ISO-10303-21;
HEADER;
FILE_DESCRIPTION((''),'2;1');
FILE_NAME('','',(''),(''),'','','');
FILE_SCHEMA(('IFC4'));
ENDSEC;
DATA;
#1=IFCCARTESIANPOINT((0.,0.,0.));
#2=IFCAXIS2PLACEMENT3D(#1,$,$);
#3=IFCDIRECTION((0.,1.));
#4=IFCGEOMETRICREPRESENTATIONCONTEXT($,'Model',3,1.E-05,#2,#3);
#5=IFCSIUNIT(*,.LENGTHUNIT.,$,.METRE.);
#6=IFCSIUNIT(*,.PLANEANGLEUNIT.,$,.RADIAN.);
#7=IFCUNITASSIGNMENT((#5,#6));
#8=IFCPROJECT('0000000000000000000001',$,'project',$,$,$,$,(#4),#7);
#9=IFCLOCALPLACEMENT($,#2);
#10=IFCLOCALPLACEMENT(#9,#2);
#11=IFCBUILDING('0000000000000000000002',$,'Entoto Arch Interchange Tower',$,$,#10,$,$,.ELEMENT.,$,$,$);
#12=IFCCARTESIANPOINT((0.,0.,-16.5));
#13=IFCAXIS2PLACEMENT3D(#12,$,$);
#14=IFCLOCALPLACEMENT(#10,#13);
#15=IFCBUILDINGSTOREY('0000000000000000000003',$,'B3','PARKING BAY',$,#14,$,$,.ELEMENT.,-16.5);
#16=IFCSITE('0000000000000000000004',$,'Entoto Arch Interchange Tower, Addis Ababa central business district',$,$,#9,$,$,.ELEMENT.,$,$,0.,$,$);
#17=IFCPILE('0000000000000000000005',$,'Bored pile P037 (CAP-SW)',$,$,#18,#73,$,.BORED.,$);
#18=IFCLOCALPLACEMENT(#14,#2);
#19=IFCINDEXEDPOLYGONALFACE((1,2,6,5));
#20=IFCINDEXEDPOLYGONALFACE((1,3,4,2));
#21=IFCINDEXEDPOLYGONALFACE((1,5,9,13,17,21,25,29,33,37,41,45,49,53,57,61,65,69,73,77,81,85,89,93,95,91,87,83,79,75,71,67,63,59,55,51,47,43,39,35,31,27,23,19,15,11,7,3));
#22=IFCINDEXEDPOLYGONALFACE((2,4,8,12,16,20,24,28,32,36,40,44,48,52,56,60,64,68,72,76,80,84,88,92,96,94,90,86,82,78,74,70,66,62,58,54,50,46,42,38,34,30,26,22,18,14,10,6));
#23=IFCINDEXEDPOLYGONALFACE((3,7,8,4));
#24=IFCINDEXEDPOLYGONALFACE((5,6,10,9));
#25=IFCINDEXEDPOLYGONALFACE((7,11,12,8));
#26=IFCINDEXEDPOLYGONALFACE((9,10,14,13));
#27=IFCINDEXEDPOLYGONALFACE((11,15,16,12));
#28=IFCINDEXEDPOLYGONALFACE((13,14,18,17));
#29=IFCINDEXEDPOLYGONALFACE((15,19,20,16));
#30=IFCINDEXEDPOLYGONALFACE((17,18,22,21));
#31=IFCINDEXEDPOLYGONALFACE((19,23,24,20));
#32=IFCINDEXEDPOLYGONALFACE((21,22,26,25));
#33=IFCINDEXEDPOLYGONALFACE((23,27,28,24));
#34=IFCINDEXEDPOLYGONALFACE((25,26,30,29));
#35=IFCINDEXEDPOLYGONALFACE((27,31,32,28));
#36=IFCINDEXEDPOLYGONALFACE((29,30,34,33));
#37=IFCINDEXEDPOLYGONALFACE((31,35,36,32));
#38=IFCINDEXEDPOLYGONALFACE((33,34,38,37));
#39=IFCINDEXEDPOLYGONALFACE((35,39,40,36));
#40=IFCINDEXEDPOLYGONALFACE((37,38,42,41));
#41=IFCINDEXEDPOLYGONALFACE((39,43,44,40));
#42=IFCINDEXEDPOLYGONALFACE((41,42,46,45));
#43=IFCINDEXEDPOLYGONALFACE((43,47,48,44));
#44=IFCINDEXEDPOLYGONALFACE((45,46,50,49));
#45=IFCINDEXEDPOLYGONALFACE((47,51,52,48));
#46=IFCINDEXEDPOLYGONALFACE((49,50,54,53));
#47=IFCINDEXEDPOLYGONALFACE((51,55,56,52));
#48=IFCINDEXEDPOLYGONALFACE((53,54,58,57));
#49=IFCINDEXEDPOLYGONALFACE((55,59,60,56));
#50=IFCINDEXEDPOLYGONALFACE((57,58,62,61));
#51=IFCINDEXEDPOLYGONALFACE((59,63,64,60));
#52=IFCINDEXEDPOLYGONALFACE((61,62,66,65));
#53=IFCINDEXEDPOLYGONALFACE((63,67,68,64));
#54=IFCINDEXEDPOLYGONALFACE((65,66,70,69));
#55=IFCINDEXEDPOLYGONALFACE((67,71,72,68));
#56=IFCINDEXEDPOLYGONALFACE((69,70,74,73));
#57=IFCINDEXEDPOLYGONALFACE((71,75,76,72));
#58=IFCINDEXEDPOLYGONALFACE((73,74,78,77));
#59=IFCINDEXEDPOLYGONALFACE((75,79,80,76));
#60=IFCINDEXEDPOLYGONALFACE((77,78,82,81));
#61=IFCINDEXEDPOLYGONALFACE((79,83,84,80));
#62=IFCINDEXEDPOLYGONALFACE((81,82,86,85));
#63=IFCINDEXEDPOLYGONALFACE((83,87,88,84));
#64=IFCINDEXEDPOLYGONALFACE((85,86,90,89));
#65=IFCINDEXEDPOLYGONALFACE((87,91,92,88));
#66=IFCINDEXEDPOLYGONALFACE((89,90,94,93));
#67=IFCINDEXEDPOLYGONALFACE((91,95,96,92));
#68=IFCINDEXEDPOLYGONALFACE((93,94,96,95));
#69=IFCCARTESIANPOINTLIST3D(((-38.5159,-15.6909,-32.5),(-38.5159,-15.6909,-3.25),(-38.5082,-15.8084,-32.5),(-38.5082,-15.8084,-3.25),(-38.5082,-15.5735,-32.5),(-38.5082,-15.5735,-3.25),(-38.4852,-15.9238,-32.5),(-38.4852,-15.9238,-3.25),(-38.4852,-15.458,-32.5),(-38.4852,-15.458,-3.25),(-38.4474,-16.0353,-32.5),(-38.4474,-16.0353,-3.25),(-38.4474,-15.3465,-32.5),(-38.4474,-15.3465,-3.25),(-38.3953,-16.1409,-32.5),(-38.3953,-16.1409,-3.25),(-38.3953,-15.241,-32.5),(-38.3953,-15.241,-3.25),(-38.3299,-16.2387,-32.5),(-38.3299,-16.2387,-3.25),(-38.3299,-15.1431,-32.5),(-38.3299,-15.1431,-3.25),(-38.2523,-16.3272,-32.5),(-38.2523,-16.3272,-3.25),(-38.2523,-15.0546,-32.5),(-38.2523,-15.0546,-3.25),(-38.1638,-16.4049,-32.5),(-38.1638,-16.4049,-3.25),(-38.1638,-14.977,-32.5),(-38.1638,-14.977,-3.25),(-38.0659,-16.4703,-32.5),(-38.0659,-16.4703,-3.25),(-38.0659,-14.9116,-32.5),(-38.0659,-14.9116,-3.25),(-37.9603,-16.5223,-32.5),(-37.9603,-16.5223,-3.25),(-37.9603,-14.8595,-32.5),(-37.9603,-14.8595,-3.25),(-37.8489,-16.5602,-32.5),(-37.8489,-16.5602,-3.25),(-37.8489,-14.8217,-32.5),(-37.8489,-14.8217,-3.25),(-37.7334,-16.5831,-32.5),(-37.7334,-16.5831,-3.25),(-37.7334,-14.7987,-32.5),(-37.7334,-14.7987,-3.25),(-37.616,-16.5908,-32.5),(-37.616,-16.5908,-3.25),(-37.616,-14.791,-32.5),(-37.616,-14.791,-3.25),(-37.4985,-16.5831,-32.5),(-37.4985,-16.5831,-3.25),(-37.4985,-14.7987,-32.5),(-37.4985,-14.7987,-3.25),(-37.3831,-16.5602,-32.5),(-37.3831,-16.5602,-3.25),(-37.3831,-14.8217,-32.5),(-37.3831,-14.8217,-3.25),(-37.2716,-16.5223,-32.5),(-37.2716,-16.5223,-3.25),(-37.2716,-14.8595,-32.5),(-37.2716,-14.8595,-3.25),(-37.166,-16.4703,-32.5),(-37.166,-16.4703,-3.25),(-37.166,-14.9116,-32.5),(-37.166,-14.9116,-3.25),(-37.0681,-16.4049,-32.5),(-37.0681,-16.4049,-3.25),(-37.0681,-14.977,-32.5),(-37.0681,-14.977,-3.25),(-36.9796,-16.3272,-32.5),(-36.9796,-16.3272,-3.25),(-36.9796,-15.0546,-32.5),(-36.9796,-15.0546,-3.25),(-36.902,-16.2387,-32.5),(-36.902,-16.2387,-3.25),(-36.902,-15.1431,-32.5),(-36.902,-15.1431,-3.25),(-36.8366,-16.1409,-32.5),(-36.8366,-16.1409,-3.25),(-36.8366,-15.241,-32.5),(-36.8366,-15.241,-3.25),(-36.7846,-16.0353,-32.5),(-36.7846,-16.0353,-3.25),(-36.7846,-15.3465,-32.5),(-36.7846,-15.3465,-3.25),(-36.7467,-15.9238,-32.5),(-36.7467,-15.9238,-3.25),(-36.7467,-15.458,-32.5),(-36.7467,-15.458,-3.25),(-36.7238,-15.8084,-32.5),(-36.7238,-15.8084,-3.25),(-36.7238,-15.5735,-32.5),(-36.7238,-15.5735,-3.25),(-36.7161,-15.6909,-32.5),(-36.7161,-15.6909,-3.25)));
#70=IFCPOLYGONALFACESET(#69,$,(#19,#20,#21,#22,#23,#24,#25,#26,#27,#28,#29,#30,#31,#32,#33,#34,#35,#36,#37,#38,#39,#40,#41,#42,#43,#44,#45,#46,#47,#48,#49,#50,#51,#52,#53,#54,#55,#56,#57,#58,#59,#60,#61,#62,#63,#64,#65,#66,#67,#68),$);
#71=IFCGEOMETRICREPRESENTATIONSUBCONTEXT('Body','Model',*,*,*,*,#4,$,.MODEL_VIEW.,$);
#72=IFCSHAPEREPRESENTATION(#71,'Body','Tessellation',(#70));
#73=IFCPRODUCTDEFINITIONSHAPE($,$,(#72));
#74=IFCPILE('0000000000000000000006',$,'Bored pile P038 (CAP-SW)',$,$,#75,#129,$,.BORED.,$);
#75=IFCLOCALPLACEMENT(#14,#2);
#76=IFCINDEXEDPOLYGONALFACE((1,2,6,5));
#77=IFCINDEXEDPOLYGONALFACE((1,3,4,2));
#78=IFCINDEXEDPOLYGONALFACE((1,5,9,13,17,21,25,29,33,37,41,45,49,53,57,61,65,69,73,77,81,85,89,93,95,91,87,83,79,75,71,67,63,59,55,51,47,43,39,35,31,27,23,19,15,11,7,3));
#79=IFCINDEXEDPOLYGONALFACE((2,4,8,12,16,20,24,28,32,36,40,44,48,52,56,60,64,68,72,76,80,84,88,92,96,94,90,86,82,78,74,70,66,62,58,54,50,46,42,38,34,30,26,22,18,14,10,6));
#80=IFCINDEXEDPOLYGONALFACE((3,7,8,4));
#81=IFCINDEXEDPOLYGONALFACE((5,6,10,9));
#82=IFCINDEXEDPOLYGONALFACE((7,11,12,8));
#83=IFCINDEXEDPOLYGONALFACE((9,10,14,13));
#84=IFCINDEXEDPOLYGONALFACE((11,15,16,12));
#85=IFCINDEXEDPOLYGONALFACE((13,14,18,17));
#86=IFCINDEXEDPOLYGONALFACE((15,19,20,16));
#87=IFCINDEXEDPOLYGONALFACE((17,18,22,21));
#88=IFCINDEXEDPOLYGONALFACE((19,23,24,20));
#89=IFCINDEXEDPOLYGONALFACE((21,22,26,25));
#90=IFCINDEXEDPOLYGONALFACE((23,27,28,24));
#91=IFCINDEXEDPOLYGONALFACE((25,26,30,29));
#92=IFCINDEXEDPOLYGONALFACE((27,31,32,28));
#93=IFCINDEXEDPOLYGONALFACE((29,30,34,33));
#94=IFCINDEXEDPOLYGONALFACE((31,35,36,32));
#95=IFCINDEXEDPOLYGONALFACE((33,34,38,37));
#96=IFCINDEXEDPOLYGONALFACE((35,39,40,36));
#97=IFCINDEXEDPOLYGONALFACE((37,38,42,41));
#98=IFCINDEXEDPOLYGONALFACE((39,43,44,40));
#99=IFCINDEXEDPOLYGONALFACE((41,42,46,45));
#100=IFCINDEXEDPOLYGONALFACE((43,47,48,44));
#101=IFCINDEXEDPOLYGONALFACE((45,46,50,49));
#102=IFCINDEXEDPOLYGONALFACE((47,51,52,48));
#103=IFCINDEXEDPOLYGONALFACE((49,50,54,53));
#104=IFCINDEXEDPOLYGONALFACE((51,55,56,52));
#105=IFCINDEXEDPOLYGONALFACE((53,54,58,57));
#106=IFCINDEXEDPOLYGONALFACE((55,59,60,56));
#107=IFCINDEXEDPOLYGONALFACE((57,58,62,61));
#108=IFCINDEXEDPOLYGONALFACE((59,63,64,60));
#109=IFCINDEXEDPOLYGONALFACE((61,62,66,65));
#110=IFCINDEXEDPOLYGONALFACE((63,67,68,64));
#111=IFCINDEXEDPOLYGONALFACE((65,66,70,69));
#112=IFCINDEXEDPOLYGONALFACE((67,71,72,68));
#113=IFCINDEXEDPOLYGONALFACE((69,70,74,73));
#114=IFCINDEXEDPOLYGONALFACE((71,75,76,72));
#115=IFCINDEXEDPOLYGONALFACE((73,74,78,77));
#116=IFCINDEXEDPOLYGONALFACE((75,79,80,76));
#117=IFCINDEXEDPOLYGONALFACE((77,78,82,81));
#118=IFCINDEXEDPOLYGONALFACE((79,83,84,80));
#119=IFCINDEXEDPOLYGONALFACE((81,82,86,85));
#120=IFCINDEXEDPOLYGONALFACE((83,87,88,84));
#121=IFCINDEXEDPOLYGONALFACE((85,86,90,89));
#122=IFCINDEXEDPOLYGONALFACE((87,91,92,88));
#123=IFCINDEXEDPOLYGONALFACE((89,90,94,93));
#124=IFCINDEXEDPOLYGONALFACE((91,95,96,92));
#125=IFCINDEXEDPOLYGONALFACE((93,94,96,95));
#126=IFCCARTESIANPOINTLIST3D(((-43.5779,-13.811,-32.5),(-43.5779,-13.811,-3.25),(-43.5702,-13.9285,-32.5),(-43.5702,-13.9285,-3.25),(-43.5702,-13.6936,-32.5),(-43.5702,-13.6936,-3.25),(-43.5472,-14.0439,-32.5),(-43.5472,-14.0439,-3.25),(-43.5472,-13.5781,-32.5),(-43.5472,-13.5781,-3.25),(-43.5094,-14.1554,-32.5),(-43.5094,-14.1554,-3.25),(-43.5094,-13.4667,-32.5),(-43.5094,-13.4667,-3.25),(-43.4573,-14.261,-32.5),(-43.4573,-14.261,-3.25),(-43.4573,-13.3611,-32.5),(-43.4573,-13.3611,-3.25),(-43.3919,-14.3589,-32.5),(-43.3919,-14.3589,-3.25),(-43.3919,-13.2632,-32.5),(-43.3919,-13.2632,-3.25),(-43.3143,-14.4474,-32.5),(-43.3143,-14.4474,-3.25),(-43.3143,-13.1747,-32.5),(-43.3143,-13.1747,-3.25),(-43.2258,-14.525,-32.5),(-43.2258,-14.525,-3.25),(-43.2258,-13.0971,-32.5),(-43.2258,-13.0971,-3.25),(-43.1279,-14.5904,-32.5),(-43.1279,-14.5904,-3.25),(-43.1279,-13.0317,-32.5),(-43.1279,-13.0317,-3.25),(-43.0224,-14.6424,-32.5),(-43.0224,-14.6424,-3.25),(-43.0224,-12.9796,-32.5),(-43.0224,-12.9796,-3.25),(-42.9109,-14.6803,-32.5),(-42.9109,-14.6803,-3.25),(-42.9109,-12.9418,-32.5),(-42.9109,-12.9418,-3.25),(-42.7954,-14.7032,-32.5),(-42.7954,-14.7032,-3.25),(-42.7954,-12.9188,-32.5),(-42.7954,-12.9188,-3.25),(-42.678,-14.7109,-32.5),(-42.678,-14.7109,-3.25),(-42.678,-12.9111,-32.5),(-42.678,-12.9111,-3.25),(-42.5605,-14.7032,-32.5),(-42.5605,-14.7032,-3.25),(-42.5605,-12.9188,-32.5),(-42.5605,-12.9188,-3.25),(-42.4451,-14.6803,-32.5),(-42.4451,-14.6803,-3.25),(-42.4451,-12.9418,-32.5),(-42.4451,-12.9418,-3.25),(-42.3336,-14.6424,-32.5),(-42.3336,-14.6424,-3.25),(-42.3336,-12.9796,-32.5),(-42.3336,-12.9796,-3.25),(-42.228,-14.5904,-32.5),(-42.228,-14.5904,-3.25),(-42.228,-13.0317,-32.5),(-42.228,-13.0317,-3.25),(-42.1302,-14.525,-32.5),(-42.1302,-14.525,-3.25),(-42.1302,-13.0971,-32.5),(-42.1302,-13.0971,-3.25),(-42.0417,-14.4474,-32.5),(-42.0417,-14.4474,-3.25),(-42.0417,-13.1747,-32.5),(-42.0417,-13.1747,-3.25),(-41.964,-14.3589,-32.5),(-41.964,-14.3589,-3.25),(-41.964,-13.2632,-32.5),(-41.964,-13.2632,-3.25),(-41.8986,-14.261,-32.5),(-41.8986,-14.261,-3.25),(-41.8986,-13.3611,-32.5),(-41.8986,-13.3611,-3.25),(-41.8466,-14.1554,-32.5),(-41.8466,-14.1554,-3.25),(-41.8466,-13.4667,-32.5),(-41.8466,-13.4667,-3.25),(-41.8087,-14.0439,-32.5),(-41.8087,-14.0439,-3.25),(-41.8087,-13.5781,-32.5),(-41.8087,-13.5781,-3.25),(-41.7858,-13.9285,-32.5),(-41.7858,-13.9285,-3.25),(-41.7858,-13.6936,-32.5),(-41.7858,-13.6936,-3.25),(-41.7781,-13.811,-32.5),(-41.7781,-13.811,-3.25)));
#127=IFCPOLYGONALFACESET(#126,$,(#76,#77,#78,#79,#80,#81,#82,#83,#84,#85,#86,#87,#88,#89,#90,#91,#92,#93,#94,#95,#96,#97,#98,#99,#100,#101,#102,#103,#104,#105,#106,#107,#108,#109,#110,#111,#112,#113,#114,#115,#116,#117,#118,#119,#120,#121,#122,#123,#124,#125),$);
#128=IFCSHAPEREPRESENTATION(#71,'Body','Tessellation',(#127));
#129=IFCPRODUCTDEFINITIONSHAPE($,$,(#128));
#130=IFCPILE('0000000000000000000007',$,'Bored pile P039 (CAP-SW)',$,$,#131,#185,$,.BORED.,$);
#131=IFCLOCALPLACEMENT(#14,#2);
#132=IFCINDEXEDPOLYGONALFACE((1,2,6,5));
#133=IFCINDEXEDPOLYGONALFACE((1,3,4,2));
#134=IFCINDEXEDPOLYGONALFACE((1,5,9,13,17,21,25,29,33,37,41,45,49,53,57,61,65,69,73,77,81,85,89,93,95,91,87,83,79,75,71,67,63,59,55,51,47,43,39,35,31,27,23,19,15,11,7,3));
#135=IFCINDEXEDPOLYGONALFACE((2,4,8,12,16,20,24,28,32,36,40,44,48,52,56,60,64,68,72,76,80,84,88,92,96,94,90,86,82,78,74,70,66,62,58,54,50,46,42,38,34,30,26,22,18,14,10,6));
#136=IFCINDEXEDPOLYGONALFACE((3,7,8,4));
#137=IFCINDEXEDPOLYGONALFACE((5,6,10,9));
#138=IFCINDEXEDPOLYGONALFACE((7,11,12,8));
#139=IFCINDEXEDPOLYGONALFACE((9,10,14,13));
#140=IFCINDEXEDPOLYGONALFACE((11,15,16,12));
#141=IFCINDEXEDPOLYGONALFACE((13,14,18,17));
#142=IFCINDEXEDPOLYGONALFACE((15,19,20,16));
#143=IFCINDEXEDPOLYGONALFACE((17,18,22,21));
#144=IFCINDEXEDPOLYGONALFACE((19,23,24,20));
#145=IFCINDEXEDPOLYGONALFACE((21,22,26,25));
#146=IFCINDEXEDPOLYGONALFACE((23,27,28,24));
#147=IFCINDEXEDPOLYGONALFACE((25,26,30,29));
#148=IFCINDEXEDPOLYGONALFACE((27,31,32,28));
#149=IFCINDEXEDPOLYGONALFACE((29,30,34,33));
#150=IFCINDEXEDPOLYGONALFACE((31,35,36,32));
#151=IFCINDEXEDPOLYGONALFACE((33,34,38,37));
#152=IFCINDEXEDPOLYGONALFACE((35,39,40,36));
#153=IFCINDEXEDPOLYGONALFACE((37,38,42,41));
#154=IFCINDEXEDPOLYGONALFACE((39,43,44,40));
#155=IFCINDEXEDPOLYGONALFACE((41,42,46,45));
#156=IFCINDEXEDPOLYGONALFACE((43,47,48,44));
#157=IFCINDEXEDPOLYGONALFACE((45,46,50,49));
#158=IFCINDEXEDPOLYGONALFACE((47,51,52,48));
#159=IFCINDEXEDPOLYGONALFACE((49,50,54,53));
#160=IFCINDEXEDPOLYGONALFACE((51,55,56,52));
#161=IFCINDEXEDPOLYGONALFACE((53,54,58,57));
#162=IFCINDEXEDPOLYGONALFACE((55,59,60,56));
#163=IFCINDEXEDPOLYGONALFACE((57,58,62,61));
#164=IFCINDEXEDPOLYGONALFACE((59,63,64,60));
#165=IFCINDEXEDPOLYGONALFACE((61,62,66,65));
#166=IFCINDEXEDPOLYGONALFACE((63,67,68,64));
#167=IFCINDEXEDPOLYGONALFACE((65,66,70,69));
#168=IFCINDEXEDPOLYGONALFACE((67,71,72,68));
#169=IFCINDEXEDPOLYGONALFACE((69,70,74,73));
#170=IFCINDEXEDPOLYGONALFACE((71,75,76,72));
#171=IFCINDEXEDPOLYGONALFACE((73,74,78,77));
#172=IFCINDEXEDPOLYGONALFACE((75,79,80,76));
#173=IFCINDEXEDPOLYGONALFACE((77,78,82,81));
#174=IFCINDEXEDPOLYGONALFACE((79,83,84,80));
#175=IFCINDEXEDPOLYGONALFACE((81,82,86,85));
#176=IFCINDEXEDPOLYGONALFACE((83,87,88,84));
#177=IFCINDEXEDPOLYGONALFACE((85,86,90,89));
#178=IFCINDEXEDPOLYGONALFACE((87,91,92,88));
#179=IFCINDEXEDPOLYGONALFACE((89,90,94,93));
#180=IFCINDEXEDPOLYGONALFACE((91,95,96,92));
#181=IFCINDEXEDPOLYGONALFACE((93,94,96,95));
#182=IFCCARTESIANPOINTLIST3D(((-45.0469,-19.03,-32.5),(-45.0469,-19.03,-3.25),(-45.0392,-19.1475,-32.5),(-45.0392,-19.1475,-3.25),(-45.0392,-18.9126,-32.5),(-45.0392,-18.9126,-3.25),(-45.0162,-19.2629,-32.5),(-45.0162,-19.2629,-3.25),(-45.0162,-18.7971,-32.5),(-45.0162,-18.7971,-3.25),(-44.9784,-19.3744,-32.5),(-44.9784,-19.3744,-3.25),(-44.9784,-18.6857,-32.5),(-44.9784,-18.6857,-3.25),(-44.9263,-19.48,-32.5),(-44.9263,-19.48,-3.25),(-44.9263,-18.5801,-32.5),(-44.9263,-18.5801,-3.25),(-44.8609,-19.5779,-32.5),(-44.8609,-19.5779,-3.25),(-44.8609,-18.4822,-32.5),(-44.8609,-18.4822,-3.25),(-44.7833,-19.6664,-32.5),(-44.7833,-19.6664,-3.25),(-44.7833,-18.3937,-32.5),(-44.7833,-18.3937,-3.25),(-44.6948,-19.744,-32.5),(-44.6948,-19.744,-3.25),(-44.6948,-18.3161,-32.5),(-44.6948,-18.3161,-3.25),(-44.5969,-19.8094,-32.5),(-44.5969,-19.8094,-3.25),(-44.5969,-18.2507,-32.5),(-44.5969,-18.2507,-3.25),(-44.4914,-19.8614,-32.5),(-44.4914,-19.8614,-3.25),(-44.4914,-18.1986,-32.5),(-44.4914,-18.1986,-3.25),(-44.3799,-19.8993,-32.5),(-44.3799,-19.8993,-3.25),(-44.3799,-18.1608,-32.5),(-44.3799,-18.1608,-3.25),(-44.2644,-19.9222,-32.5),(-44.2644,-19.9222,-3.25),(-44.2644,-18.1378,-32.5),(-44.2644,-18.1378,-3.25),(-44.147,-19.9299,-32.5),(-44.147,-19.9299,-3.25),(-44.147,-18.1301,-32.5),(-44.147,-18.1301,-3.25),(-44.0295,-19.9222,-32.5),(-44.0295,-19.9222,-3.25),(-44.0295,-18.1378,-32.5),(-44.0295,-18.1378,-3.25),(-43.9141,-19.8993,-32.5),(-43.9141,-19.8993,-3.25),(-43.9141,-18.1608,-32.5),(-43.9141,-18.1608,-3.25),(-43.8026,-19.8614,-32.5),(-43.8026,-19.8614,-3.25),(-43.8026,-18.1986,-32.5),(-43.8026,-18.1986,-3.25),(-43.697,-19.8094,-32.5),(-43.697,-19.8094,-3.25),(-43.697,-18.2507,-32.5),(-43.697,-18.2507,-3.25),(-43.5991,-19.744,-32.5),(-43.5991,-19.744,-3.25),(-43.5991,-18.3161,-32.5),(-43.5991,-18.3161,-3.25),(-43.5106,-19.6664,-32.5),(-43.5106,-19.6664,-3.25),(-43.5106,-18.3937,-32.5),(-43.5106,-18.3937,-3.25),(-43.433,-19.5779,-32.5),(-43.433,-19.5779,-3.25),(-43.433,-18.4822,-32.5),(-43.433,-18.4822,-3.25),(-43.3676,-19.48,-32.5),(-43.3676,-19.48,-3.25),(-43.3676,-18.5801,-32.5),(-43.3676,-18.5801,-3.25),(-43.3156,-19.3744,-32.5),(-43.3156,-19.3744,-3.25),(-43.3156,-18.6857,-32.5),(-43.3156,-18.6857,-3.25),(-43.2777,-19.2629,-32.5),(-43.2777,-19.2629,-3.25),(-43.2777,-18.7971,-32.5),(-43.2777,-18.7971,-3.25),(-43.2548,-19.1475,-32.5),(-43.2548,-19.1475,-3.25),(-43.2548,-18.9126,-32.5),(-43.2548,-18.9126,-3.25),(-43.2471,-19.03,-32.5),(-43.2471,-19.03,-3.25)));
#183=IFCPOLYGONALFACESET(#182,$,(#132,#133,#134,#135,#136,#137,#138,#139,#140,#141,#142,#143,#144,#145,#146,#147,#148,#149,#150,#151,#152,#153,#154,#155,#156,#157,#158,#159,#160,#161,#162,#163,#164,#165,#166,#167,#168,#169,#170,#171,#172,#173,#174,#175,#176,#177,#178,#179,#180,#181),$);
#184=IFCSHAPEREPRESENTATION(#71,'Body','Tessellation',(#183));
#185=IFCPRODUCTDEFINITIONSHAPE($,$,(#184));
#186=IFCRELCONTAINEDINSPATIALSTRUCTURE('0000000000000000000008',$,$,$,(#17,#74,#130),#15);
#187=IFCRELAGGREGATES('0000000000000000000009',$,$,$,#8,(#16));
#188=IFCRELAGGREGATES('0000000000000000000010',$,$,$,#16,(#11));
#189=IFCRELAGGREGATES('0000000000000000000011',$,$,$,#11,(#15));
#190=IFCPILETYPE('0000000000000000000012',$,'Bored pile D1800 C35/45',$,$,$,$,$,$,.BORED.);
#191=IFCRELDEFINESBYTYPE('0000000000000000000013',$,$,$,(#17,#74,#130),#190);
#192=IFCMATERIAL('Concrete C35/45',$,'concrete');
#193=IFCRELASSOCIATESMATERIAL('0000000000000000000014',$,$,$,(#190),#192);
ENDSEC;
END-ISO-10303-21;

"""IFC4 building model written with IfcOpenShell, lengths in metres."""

from ifc_helpers import new_model, si_unit, direction, frame, origin, origin_2d, place, context, subcontext, project, spatial, circle, extrude, material, material_profile, profile_set, type_object, element, save


model = new_model("IFC4")

# Units and contexts
model_context = context("Model", 3, precision=1e-05, world=origin(), true_north=direction((0.0, 1.0)))
body_context = subcontext(model_context, "Body", "Model", "MODEL_VIEW")
ifc_project = project(units=[si_unit("LENGTHUNIT", "METRE"), si_unit("PLANEANGLEUNIT", "RADIAN")], contexts=[model_context])

# Site, building, storey
site_placement = place(None, origin())
site = spatial("IfcSite", under=ifc_project, at=site_placement, Name="Entoto Arch Interchange Tower, Addis Ababa central business district", CompositionType="ELEMENT", RefElevation=0.0)
building_placement = place(site_placement, origin())
building = spatial("IfcBuilding", under=site, at=building_placement, Name="Entoto Arch Interchange Tower", CompositionType="ELEMENT")
storey_placement = place(building_placement, frame((0.0, 0.0, -16.5)))
storey = spatial("IfcBuildingStorey", under=building, at=storey_placement, Name="B3", Description="PARKING BAY", CompositionType="ELEMENT", Elevation=-16.5)

# Piles
ifc_material_1 = material(Name="Concrete C35/45", Category="concrete")
ifc_material_profile_1 = material_profile(ifc_material_1, circle(Radius=0.8999, at=origin_2d()))
ifc_profile_set_1 = profile_set([ifc_material_profile_1], Name="Concrete C35/45")
pile_type = type_object("IfcPileType", Name="Bored pile D1800 C35/45", PredefinedType="BORED", material=ifc_profile_set_1)
for number, where, z_axis, x_axis, name in (
    (1, (-37.616, -15.6909, -3.25), (0.0, 0.0, -1.0), (1.0, 0.0, 0.0), "Bored pile P037 (CAP-SW)"),
    (2, (-42.678, -13.811, -3.25), (0.0, 0.0, -1.0), (1.0, 0.0, 0.0), "Bored pile P038 (CAP-SW)"),
    (3, (-44.147, -19.03, -3.25), (0.0, 0.0, -1.0), (1.0, 0.0, 0.0), "Bored pile P039 (CAP-SW)"),
):
    element("IfcPile", number, at=place(storey_placement, frame(where, z_axis=z_axis, x_axis=x_axis)), inside=storey, type_object=pile_type, Name=name, PredefinedType="BORED", context=body_context, shape_type="SweptSolid", body=[
        extrude(circle(Radius=0.8999, at=origin_2d()), origin(), (0.0, 0.0, 1.0), 29.25),
    ])

save(model, "model.ifc")
